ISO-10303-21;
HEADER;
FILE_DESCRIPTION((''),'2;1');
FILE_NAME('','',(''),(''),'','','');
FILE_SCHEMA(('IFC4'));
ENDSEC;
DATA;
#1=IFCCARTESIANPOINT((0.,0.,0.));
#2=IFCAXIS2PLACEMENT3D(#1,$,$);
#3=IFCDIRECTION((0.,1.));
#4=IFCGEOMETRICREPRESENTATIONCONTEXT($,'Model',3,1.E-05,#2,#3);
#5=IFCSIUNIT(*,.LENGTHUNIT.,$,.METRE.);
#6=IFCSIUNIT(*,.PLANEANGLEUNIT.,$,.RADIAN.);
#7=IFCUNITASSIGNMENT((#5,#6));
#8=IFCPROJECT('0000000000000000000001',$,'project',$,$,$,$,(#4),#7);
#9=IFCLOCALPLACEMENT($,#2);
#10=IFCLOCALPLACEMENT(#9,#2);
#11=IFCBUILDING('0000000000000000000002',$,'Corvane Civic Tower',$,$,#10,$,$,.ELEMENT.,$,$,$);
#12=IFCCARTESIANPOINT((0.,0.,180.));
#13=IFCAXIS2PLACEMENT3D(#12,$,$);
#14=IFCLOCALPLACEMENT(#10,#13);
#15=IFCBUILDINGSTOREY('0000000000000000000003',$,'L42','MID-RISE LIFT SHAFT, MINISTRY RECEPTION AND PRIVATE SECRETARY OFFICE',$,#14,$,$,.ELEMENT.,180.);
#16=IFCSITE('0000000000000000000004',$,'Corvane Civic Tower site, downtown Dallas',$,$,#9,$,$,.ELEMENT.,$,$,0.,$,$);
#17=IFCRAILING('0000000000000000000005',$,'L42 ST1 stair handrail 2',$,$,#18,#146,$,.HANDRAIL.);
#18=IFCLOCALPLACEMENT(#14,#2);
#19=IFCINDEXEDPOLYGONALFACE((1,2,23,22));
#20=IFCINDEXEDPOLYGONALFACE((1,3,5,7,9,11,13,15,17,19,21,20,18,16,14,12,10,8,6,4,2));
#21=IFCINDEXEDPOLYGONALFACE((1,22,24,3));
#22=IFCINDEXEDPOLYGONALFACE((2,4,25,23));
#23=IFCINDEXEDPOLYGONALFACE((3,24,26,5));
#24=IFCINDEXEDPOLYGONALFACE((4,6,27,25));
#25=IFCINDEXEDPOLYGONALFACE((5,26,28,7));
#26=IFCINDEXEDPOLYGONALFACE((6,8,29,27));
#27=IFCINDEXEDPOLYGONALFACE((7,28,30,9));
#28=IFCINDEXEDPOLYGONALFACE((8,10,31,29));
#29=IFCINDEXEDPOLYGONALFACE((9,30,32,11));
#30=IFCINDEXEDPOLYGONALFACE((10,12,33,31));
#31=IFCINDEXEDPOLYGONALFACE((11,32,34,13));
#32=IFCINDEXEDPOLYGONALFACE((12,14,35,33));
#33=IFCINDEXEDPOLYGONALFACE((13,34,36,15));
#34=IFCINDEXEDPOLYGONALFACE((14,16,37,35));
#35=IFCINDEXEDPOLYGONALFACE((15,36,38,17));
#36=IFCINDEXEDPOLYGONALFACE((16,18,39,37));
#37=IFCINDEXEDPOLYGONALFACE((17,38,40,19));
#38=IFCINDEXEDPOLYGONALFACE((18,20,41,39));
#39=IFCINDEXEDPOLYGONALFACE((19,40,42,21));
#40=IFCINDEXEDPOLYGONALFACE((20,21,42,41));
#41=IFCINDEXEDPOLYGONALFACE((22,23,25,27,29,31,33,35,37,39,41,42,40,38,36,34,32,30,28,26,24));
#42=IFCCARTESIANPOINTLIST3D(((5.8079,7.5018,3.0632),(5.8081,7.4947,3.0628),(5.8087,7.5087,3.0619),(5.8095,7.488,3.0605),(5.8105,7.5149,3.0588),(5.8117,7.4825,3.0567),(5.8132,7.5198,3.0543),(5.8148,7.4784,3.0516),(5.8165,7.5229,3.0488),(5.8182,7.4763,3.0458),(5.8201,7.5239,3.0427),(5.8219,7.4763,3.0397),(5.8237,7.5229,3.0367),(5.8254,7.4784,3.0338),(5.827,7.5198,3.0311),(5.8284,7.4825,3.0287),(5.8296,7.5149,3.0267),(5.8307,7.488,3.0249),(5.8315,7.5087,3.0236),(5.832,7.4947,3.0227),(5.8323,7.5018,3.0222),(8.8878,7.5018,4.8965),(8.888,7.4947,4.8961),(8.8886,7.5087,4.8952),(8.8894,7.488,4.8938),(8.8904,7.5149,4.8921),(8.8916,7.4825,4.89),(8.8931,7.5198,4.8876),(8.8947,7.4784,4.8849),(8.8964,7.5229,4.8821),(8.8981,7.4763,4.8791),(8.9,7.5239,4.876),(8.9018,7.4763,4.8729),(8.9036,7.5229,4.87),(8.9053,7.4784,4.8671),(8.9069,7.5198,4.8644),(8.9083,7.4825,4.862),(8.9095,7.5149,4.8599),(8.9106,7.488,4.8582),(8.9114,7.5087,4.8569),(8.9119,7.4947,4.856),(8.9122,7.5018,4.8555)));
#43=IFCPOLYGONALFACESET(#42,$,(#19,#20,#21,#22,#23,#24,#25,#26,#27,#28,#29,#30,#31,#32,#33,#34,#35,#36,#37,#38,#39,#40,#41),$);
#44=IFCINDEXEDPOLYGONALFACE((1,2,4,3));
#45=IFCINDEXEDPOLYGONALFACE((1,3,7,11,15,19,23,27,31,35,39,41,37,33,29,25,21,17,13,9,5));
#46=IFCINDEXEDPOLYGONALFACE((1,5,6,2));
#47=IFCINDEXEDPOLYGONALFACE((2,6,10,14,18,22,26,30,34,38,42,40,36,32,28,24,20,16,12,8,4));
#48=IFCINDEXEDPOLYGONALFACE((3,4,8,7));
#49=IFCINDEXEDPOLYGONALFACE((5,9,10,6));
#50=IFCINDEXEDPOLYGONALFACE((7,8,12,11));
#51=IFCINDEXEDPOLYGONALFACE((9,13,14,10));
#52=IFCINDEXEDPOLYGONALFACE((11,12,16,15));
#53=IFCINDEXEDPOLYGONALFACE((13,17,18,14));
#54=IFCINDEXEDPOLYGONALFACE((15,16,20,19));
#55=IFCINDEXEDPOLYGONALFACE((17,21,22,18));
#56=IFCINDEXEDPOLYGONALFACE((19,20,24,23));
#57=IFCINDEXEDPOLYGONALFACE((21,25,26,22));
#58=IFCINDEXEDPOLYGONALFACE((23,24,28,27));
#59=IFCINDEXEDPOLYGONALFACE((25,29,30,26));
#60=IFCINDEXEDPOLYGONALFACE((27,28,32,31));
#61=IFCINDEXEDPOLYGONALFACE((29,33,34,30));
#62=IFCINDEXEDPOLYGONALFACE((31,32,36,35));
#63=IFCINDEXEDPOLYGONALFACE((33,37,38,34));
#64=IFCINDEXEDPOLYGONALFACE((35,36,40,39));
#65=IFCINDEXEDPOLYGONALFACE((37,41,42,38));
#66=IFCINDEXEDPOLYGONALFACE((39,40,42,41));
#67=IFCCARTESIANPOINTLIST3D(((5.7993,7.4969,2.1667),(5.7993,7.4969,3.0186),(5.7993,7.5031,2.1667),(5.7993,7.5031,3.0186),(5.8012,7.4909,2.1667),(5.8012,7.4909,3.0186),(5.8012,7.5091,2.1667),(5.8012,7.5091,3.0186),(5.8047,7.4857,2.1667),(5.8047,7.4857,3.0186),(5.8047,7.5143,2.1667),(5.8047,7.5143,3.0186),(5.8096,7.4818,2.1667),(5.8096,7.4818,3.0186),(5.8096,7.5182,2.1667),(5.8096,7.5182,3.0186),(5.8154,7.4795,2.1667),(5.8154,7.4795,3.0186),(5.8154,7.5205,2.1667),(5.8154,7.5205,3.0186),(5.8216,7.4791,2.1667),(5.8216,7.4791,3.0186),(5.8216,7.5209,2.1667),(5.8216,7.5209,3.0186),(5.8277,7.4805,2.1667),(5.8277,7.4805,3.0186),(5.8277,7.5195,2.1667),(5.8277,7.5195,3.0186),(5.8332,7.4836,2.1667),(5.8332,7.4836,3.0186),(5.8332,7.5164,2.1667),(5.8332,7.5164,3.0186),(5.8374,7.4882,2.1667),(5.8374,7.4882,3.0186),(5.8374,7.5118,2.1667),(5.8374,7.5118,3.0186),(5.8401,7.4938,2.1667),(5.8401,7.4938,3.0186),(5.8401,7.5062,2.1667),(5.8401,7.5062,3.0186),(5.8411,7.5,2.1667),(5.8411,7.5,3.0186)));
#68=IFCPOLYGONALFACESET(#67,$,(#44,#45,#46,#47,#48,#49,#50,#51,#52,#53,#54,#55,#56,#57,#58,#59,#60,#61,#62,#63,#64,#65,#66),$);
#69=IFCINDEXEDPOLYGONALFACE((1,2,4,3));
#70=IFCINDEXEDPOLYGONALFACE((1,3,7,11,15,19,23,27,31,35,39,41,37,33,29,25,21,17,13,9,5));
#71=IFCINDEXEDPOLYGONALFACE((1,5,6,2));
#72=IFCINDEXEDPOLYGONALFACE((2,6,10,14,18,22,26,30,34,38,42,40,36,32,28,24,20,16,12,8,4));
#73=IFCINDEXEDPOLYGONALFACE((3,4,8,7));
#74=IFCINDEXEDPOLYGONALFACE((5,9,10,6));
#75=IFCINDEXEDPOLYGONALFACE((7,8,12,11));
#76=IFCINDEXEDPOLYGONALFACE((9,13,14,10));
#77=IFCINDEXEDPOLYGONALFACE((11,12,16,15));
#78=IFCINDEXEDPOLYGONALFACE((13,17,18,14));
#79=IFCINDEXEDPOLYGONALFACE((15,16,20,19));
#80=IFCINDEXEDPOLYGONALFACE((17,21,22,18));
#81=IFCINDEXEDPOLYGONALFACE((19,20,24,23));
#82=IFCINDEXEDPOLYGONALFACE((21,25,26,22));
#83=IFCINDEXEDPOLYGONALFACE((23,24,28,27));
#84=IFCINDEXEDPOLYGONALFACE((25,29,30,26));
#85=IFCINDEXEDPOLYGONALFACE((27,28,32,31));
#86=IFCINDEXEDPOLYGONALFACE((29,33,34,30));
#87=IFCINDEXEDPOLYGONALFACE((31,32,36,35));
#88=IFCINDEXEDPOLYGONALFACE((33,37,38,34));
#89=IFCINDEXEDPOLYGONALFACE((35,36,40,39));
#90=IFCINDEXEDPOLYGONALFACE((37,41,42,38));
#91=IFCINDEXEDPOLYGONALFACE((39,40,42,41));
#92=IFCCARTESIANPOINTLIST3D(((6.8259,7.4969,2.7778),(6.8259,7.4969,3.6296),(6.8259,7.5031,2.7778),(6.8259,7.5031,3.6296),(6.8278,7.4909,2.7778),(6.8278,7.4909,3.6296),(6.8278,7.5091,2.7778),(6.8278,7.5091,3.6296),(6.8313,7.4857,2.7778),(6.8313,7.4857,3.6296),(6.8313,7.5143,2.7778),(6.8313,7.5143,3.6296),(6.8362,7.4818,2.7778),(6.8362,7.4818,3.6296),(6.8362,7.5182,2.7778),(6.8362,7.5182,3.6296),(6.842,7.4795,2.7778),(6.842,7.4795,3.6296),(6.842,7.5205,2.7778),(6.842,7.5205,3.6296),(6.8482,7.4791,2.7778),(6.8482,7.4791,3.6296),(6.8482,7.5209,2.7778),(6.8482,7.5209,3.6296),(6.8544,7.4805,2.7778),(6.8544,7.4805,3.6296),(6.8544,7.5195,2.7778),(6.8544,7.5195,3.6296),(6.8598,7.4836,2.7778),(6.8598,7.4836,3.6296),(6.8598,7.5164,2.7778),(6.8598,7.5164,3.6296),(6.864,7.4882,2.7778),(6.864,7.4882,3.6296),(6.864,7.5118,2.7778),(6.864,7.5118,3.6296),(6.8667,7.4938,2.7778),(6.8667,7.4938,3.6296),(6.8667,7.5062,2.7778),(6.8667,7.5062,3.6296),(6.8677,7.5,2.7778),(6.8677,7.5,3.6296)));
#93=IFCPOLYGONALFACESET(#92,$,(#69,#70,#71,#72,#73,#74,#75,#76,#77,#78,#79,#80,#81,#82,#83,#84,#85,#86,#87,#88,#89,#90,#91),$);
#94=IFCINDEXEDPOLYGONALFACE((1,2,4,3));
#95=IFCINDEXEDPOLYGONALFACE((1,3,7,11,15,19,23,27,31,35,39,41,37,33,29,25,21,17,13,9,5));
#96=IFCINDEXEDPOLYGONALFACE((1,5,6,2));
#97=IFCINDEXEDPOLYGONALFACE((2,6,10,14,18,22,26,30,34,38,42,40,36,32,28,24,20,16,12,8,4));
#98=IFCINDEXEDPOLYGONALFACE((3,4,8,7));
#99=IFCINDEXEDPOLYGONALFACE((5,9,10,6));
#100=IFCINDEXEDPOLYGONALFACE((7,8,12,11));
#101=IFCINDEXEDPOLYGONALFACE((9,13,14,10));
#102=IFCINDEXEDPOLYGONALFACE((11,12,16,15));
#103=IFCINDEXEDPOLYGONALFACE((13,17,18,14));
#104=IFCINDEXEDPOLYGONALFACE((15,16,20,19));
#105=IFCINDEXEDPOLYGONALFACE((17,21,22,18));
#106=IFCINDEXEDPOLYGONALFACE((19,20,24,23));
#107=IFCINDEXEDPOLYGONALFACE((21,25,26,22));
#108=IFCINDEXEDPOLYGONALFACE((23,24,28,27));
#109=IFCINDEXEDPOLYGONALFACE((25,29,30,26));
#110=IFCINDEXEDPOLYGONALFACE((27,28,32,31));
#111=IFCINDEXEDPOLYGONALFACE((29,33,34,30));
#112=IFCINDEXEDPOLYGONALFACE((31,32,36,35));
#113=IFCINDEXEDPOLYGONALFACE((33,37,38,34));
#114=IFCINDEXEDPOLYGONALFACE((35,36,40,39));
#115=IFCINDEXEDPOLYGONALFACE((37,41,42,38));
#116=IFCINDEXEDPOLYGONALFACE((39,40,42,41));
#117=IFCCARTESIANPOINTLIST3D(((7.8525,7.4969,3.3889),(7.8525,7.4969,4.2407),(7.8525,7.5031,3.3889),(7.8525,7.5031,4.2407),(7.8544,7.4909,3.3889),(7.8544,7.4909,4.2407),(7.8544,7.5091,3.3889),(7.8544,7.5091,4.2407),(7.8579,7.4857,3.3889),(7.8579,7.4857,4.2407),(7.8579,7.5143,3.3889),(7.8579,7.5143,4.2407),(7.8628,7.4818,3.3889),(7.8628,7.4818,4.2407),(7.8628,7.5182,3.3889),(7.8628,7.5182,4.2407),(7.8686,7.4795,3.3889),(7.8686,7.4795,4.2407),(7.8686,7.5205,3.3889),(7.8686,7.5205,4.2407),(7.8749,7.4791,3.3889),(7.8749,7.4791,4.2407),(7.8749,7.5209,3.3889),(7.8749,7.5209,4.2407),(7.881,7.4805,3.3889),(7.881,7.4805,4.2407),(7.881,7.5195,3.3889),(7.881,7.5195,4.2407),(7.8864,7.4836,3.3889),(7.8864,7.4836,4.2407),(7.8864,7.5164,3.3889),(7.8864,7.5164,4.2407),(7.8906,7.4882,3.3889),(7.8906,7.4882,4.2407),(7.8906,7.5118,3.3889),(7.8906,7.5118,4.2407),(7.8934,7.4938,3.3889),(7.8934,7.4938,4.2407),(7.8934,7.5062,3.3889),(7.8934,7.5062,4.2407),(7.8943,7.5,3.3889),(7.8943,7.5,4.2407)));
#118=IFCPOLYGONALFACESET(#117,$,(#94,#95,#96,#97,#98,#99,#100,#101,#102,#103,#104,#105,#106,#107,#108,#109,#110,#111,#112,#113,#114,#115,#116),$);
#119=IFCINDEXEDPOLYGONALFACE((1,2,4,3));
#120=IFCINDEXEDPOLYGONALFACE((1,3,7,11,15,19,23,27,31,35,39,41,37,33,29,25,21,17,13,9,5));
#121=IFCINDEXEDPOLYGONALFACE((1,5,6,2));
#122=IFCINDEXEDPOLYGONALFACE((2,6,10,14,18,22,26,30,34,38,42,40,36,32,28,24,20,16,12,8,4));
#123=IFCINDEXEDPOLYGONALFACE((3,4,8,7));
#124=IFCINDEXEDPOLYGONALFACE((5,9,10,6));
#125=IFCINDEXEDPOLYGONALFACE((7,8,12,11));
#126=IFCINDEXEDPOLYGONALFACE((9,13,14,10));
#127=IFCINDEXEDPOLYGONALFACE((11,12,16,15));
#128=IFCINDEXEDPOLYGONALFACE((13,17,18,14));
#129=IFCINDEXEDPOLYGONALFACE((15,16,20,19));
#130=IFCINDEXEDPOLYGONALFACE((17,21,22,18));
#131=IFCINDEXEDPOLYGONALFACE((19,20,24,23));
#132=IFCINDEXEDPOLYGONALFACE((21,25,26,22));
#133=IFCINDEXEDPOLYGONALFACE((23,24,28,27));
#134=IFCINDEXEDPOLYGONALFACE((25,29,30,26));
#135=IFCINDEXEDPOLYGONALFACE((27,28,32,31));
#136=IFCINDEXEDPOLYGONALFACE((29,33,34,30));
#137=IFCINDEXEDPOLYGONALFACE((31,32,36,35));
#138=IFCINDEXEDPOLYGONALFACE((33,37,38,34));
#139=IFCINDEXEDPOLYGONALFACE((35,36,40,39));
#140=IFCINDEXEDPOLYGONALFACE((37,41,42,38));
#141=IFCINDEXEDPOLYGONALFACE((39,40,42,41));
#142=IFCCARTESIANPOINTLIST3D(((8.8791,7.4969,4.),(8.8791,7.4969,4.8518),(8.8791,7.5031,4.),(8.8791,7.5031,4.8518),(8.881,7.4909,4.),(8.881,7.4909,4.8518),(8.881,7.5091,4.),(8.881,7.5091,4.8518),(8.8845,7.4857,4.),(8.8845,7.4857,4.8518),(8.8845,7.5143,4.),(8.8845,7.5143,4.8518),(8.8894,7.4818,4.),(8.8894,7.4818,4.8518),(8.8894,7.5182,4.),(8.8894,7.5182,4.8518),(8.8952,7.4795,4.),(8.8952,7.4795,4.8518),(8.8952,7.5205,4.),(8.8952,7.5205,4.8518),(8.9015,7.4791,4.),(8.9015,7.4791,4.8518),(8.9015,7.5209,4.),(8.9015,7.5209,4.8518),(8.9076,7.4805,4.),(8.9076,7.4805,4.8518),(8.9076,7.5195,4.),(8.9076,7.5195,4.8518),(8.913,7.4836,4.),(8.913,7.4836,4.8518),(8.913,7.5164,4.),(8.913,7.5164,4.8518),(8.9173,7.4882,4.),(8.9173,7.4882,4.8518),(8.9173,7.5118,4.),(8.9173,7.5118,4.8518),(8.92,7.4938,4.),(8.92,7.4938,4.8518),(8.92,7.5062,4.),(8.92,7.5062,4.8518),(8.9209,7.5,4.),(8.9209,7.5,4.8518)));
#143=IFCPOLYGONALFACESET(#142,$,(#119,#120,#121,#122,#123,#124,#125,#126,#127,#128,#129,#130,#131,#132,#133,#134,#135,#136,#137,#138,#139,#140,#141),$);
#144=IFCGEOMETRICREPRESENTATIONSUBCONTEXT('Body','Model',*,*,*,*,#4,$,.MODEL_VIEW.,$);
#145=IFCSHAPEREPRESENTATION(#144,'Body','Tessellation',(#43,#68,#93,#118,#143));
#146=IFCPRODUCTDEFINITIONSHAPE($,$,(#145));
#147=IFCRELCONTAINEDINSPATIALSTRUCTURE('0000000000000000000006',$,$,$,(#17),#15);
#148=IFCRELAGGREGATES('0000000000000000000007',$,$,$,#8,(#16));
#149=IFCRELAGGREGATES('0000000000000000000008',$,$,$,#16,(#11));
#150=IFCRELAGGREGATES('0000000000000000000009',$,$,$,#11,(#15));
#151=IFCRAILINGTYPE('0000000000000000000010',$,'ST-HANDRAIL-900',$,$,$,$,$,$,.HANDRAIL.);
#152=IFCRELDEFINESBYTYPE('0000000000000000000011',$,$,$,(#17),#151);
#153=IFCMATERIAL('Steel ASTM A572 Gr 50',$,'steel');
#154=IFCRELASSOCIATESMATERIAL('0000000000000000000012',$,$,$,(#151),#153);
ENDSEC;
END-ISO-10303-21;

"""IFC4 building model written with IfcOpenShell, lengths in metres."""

from ifc_helpers import new_model, si_unit, direction, frame, origin, origin_2d, place, context, subcontext, project, spatial, circle, extrude, material, type_object, element, save


model = new_model("IFC4")

# Units and contexts
model_context = context("Model", 3, precision=1e-05, world=origin(), true_north=direction((0.0, 1.0)))
body_context = subcontext(model_context, "Body", "Model", "MODEL_VIEW")
ifc_project = project(units=[si_unit("LENGTHUNIT", "METRE"), si_unit("PLANEANGLEUNIT", "RADIAN")], contexts=[model_context])

# Site, building, storey
site_placement = place(None, origin())
site = spatial("IfcSite", under=ifc_project, at=site_placement, Name="Corvane Civic Tower site, downtown Dallas", CompositionType="ELEMENT", RefElevation=0.0)
building_placement = place(site_placement, origin())
building = spatial("IfcBuilding", under=site, at=building_placement, Name="Corvane Civic Tower", CompositionType="ELEMENT")
storey_placement = place(building_placement, frame((0.0, 0.0, 180.0)))
storey = spatial("IfcBuildingStorey", under=building, at=storey_placement, Name="L42", Description="MID-RISE LIFT SHAFT, MINISTRY RECEPTION AND PRIVATE SECRETARY OFFICE", CompositionType="ELEMENT", Elevation=180.0)

# Railing
ifc_material_1 = material(Name="Steel ASTM A572 Gr 50", Category="steel")
railing_type = type_object("IfcRailingType", Name="ST-HANDRAIL-900", PredefinedType="HANDRAIL", material=ifc_material_1)
railing_1_placement = place(storey_placement, frame((5.8201, 7.5, 2.1667)))
element("IfcRailing", 1, at=railing_1_placement, inside=storey, type_object=railing_type, Name="L42 ST1 stair handrail 2", PredefinedType="HANDRAIL", context=body_context, shape_type="SweptSolid", body=[
    extrude(circle(Radius=0.0239, at=origin_2d()), frame((0.0, 0.0, 0.876), z_axis=(0.859291, 0.0, 0.511487), x_axis=(0.0, 1.0, 0.0)), (0.0, 0.0, 1.0), 3.5842),
    extrude(circle(Radius=0.021, at=origin_2d()), origin(), (0.0, 0.0, 1.0), 0.8518),
    extrude(circle(Radius=0.021, at=origin_2d()), frame((1.0266, 0.0, 0.6111)), (0.0, 0.0, 1.0), 0.8518),
    extrude(circle(Radius=0.021, at=origin_2d()), frame((2.0532, 0.0, 1.2222)), (0.0, 0.0, 1.0), 0.8518),
    extrude(circle(Radius=0.021, at=origin_2d()), frame((3.0798, 0.0, 1.8333)), (0.0, 0.0, 1.0), 0.8518),
])

save(model, "model.ifc")
